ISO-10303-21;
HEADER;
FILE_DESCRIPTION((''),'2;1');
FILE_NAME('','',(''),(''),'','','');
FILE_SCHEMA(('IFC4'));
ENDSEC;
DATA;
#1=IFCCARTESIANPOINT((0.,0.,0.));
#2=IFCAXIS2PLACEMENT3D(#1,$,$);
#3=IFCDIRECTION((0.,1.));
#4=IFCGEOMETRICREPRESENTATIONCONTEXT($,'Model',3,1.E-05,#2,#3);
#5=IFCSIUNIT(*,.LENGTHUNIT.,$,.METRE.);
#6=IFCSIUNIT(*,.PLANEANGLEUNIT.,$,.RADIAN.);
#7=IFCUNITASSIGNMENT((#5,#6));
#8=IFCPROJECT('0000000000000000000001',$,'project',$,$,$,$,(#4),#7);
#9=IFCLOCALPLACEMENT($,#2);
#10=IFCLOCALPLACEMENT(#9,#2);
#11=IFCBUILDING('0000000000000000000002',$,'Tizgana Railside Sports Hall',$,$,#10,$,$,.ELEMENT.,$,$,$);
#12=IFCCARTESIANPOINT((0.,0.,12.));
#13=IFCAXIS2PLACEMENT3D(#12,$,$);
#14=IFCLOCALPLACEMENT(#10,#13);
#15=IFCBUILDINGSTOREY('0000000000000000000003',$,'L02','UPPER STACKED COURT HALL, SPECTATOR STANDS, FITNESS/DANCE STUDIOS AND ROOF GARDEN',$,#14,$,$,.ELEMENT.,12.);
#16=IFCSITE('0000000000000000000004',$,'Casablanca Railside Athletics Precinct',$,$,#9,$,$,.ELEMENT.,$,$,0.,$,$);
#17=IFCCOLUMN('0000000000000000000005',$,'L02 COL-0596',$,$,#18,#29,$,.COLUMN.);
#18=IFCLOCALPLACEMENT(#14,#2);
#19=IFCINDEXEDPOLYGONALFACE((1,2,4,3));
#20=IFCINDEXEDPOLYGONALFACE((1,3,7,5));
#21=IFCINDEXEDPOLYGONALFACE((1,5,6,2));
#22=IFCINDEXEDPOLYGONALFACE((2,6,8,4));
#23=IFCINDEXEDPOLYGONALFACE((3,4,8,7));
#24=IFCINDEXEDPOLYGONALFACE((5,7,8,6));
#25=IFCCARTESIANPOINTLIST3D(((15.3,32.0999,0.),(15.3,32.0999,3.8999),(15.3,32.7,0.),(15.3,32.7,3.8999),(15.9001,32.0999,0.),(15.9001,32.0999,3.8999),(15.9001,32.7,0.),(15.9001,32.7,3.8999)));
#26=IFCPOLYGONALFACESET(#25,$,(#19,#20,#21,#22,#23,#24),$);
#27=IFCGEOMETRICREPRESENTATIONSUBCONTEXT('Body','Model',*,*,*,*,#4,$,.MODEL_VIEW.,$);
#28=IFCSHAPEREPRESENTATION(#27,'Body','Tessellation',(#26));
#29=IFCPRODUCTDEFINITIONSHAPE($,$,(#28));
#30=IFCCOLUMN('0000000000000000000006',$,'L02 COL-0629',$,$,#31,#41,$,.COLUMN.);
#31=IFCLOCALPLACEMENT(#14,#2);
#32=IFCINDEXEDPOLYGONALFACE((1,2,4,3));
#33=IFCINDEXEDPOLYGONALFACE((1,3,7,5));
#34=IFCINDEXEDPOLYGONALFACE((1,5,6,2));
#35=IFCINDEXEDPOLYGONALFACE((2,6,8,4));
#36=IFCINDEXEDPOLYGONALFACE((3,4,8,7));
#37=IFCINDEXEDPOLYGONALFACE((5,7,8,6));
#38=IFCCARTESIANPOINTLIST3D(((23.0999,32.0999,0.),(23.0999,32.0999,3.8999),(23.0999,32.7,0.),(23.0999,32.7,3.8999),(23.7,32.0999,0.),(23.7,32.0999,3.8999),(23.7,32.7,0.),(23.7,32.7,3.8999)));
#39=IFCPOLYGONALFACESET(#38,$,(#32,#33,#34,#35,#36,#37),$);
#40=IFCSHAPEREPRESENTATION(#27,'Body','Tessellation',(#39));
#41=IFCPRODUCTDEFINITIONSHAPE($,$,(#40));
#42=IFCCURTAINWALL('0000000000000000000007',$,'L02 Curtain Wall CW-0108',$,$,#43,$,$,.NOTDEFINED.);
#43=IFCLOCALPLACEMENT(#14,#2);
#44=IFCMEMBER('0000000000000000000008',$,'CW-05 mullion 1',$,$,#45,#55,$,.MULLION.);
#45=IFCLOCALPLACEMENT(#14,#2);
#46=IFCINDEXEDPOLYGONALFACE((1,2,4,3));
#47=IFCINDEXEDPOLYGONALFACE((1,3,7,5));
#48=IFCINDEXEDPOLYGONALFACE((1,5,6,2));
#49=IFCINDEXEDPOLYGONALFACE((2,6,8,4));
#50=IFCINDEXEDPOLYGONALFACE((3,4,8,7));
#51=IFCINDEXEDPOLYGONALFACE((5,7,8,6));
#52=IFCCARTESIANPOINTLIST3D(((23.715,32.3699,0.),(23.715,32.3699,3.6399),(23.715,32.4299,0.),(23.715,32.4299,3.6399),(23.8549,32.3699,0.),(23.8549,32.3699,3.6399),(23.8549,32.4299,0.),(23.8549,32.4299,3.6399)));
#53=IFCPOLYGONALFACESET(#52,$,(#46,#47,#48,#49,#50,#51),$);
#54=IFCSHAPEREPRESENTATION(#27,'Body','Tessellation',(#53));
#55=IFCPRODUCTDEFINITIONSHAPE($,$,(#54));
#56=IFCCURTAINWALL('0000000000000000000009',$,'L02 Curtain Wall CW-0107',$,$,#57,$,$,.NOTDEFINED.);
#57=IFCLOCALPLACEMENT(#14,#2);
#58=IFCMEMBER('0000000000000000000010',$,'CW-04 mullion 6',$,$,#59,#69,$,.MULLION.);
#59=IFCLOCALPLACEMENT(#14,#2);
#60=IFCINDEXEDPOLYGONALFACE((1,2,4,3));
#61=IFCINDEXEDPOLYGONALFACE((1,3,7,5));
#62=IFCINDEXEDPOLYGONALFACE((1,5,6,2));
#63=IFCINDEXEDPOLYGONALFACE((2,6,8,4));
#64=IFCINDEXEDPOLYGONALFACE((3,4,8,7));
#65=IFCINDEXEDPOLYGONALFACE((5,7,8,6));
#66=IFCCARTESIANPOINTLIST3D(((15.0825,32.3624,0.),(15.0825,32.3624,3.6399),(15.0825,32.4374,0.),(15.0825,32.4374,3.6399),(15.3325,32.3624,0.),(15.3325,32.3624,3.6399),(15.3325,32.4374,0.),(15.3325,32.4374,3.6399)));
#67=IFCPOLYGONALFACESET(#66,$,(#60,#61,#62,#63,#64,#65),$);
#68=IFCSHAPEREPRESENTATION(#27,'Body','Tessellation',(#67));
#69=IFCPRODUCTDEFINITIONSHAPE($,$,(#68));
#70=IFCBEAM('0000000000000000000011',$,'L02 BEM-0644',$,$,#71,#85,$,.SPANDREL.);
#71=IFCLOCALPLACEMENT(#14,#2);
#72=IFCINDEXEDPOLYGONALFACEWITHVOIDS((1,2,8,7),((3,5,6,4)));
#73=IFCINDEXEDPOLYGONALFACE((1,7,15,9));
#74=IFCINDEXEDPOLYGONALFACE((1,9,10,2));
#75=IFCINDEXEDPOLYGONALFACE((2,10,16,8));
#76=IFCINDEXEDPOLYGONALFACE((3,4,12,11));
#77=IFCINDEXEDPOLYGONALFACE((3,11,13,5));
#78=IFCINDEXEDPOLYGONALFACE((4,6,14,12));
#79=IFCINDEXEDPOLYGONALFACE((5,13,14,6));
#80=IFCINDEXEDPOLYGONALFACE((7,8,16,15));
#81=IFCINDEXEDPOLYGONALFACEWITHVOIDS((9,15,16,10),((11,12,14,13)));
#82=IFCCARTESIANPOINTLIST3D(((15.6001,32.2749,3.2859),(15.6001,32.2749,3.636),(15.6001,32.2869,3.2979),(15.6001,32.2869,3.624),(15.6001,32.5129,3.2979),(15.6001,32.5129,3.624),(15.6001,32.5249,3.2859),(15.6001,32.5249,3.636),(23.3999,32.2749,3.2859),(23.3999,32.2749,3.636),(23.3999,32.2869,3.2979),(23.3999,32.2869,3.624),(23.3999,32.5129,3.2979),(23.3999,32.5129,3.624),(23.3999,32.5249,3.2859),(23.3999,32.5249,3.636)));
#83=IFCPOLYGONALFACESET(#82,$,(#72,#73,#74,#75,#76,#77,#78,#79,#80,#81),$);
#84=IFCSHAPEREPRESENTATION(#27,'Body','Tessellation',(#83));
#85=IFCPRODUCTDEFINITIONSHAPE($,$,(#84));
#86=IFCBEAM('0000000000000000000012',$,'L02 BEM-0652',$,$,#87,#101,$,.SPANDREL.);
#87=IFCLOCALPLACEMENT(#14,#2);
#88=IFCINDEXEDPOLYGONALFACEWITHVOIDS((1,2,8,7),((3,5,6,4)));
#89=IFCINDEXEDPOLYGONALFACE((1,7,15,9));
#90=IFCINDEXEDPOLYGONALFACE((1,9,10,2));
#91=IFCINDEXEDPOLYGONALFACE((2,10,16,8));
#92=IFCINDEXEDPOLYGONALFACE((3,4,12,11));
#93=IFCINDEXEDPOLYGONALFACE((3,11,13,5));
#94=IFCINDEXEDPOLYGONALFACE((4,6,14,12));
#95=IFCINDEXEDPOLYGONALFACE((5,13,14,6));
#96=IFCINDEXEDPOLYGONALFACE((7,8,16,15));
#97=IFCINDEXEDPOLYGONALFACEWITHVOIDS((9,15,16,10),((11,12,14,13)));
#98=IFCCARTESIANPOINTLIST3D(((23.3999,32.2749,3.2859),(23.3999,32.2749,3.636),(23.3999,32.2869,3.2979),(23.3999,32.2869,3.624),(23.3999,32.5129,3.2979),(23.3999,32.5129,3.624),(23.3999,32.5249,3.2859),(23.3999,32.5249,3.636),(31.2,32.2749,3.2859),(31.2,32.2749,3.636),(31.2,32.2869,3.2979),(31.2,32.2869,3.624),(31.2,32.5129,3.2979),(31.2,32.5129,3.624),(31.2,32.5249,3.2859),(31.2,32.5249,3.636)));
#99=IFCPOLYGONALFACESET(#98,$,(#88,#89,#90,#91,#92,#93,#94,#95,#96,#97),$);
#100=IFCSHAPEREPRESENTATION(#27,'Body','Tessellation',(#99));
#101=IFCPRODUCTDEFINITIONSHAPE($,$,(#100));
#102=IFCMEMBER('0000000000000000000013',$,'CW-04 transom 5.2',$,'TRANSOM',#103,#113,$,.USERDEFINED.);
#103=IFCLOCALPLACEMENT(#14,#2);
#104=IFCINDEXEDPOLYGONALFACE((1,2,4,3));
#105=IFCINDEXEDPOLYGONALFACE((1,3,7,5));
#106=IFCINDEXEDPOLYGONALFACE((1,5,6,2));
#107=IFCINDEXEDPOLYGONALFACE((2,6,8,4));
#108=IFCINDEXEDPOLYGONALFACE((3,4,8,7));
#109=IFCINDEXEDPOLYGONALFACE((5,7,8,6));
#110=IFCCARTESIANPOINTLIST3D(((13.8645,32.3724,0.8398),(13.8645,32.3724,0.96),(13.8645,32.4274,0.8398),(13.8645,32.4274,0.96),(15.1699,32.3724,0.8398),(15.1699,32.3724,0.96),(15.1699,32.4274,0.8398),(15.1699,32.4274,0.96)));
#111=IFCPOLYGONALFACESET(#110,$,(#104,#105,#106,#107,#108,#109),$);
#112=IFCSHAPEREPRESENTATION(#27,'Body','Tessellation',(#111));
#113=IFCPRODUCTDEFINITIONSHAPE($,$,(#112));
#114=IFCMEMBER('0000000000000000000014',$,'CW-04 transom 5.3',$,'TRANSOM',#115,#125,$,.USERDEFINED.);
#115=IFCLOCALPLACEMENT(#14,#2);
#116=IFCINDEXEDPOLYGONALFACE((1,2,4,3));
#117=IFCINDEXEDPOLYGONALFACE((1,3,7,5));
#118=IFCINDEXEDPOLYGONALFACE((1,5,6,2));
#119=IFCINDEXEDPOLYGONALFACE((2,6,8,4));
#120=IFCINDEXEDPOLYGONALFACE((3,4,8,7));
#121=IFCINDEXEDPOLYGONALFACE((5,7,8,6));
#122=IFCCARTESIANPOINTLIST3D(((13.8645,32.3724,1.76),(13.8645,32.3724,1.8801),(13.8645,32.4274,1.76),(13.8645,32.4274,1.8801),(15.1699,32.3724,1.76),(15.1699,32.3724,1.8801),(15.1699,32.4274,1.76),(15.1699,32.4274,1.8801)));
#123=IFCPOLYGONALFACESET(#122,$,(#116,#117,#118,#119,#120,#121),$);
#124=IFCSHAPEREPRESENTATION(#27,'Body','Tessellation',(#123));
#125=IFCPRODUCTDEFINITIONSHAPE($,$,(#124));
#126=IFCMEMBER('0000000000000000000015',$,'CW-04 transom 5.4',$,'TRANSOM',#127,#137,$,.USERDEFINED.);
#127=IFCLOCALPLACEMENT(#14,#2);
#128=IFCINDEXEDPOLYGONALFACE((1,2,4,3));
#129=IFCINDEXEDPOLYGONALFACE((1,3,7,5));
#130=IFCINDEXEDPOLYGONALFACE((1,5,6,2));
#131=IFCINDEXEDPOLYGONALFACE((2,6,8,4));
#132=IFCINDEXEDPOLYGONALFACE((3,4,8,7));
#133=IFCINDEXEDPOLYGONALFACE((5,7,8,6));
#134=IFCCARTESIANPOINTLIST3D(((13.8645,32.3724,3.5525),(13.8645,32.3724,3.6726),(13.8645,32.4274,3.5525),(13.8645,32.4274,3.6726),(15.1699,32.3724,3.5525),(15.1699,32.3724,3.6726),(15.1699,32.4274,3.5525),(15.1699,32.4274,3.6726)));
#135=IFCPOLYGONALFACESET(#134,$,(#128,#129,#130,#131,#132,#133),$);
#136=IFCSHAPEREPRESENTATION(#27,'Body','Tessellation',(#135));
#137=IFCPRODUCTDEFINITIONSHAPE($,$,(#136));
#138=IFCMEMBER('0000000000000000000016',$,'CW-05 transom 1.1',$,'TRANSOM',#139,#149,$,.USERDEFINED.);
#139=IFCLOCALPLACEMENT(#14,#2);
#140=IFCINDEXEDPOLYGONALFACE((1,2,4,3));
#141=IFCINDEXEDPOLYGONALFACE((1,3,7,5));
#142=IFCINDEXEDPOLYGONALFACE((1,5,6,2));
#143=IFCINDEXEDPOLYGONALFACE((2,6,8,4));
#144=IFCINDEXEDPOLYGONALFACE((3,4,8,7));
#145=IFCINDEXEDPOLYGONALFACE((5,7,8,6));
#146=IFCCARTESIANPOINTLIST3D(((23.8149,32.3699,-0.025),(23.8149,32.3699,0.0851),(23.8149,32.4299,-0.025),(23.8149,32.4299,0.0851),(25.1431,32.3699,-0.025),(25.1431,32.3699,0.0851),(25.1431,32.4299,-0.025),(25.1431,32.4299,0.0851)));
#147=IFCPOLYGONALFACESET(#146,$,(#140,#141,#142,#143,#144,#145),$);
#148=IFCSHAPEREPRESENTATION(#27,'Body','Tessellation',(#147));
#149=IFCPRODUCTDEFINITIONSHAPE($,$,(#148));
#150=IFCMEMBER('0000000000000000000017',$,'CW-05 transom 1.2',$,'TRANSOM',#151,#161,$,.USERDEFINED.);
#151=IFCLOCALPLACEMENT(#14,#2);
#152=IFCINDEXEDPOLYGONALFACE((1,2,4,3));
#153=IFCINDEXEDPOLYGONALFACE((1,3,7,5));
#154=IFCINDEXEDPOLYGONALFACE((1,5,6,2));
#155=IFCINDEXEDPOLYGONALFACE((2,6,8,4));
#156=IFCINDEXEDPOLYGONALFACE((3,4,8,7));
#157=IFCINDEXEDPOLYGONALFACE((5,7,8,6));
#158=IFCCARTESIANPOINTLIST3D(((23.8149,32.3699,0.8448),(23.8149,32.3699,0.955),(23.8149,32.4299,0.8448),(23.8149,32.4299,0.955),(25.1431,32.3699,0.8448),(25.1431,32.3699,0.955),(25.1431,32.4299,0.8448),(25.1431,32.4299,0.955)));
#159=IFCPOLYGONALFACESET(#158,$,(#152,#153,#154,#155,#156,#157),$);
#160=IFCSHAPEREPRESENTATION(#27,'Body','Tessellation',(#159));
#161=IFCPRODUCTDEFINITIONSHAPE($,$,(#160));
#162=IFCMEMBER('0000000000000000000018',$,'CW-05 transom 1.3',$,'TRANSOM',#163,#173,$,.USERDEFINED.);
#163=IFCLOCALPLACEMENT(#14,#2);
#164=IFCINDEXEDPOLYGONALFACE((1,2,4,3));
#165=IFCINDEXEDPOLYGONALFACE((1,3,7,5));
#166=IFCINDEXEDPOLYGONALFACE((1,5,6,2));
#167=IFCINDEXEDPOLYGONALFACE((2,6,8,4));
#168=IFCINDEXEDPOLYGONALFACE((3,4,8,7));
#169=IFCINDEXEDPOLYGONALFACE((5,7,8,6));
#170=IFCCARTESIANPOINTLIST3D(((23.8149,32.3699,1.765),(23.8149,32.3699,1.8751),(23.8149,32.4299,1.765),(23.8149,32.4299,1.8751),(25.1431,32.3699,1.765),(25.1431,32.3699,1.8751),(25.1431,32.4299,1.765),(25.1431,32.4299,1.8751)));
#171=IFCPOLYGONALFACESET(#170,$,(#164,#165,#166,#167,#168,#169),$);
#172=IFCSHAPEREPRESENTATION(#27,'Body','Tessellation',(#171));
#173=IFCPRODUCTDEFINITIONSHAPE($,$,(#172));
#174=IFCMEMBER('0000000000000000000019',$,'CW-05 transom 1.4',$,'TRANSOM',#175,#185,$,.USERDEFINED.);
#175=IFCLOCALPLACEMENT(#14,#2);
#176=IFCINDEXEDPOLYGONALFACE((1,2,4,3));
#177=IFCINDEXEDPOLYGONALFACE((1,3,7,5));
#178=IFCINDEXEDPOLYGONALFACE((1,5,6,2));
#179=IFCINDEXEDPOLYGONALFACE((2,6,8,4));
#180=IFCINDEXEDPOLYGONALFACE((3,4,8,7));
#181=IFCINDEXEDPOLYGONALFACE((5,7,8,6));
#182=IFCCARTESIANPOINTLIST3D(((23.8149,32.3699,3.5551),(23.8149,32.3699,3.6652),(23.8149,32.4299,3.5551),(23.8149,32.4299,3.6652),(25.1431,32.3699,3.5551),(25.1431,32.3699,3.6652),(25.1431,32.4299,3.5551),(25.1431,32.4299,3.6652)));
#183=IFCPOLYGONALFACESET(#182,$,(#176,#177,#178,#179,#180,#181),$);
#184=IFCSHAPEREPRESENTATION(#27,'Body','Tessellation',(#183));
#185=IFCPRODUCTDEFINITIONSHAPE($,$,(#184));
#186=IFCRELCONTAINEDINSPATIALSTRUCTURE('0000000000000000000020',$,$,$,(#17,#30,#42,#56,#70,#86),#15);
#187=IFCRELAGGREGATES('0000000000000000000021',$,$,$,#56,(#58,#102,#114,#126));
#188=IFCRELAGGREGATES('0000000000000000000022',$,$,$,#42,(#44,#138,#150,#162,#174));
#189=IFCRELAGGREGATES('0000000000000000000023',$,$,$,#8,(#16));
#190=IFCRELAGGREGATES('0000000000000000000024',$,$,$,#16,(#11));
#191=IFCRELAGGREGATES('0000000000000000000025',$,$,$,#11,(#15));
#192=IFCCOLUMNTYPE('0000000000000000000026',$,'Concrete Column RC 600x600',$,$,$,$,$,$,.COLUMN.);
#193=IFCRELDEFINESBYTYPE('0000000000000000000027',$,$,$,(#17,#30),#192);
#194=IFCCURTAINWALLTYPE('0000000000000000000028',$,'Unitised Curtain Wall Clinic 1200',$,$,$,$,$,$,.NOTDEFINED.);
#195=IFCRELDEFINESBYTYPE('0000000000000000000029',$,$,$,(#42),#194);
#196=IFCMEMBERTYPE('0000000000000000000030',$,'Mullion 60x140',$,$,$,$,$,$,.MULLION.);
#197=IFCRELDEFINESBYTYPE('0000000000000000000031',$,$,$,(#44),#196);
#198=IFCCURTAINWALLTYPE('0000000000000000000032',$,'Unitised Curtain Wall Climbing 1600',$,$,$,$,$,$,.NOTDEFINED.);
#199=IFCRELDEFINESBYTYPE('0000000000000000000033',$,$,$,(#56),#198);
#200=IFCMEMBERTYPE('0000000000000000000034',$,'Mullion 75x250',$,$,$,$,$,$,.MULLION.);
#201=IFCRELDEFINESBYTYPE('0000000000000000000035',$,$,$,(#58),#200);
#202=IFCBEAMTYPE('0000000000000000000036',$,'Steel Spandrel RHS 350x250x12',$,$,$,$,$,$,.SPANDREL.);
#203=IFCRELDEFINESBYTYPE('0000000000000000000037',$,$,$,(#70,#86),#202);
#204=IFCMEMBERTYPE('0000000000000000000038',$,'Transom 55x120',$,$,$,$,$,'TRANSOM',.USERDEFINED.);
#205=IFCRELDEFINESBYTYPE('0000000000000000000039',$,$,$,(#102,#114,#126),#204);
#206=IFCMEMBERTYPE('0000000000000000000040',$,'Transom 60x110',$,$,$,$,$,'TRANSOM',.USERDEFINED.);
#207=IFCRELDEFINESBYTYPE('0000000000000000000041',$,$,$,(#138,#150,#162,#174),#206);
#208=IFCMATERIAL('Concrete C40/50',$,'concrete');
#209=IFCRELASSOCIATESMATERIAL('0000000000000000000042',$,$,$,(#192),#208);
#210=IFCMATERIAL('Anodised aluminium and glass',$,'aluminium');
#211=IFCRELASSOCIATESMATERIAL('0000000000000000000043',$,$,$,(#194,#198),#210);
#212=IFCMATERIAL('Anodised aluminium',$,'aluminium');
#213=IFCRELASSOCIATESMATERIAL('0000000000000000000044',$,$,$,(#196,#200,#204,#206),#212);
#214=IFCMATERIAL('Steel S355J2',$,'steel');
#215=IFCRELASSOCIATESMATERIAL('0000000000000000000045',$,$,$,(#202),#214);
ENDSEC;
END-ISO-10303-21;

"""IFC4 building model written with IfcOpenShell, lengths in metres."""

from ifc_helpers import new_model, si_unit, direction, frame, origin, origin_2d, place, context, subcontext, project, spatial, rectangle, hollow_rectangle, extrude, material, material_profile, profile_set, type_object, element, aggregate, save


model = new_model("IFC4")

# Units and contexts
model_context = context("Model", 3, precision=1e-05, world=origin(), true_north=direction((0.0, 1.0)))
body_context = subcontext(model_context, "Body", "Model", "MODEL_VIEW")
ifc_project = project(units=[si_unit("LENGTHUNIT", "METRE"), si_unit("PLANEANGLEUNIT", "RADIAN")], contexts=[model_context])

# Site, building, storey
site_placement = place(None, origin())
site = spatial("IfcSite", under=ifc_project, at=site_placement, Name="Casablanca Railside Athletics Precinct", CompositionType="ELEMENT", RefElevation=0.0)
building_placement = place(site_placement, origin())
building = spatial("IfcBuilding", under=site, at=building_placement, Name="Tizgana Railside Sports Hall", CompositionType="ELEMENT")
storey_placement = place(building_placement, frame((0.0, 0.0, 12.0)))
storey = spatial("IfcBuildingStorey", under=building, at=storey_placement, Name="L02", Description="UPPER STACKED COURT HALL, SPECTATOR STANDS, FITNESS/DANCE STUDIOS AND ROOF GARDEN", CompositionType="ELEMENT", Elevation=12.0)

# Columns
ifc_material_1 = material(Name="Concrete C40/50", Category="concrete")
ifc_material_profile_1 = material_profile(ifc_material_1, rectangle(XDim=0.6001, YDim=0.6001, at=origin_2d()), Name="RC 600x600")
ifc_profile_set_1 = profile_set([ifc_material_profile_1], Name="Concrete C40/50")
column_type = type_object("IfcColumnType", Name="Concrete Column RC 600x600", PredefinedType="COLUMN", material=ifc_profile_set_1)
for number, where, z_axis, x_axis, name in (
    (1, (15.6001, 32.3999, 0.0), (0.0, 0.0, 1.0), (1.0, 0.0, 0.0), "L02 COL-0596"),
    (2, (23.3999, 32.3999, 0.0), (0.0, 0.0, 1.0), (1.0, 0.0, 0.0), "L02 COL-0629"),
):
    element("IfcColumn", number, at=place(storey_placement, frame(where, z_axis=z_axis, x_axis=x_axis)), inside=storey, type_object=column_type, Name=name, PredefinedType="COLUMN", context=body_context, shape_type="SweptSolid", body=[
        extrude(rectangle(XDim=0.6001, YDim=0.6001, at=origin_2d()), origin(), (0.0, 0.0, 1.0), 3.8999),
    ])

# Curtain walls, members
ifc_material_2 = material(Name="Anodised aluminium and glass", Category="aluminium")
curtain_wall_type_1 = type_object("IfcCurtainWallType", Name="Unitised Curtain Wall Clinic 1200", PredefinedType="NOTDEFINED", material=ifc_material_2)
curtain_wall_1_placement = place(storey_placement, origin())
curtain_wall_1 = element("IfcCurtainWall", 3, at=curtain_wall_1_placement, inside=storey, type_object=curtain_wall_type_1, Name="L02 Curtain Wall CW-0108", PredefinedType="NOTDEFINED")
ifc_material_3 = material(Name="Anodised aluminium", Category="aluminium")
ifc_material_profile_2 = material_profile(ifc_material_3, rectangle(XDim=0.0601, YDim=0.1399, at=origin_2d()), Name="Mullion 60x140")
ifc_profile_set_2 = profile_set([ifc_material_profile_2], Name="Anodised aluminium")
member_type_1 = type_object("IfcMemberType", Name="Mullion 60x140", PredefinedType="MULLION", material=ifc_profile_set_2)
member_1_placement = place(storey_placement, frame((23.7849, 32.3999, 0.0), z_axis=(0.0, 0.0, 1.0), x_axis=(0.0, 1.0, 0.0)))
member_1 = element("IfcMember", 4, at=member_1_placement, type_object=member_type_1, Name="CW-05 mullion 1", PredefinedType="MULLION", context=body_context, shape_type="SweptSolid", body=[
    extrude(rectangle(XDim=0.0601, YDim=0.1399, at=origin_2d()), origin(), (0.0, 0.0, 1.0), 3.6399),
])
curtain_wall_type_2 = type_object("IfcCurtainWallType", Name="Unitised Curtain Wall Climbing 1600", PredefinedType="NOTDEFINED", material=ifc_material_2)
curtain_wall_2_placement = place(storey_placement, origin())
curtain_wall_2 = element("IfcCurtainWall", 5, at=curtain_wall_2_placement, inside=storey, type_object=curtain_wall_type_2, Name="L02 Curtain Wall CW-0107", PredefinedType="NOTDEFINED")
ifc_material_profile_3 = material_profile(ifc_material_3, rectangle(XDim=0.075, YDim=0.25, at=origin_2d()), Name="Mullion 75x250")
ifc_profile_set_3 = profile_set([ifc_material_profile_3], Name="Anodised aluminium")
member_type_2 = type_object("IfcMemberType", Name="Mullion 75x250", PredefinedType="MULLION", material=ifc_profile_set_3)
member_2_placement = place(storey_placement, frame((15.2075, 32.3999, 0.0), z_axis=(0.0, 0.0, 1.0), x_axis=(0.0, 1.0, 0.0)))
member_2 = element("IfcMember", 6, at=member_2_placement, type_object=member_type_2, Name="CW-04 mullion 6", PredefinedType="MULLION", context=body_context, shape_type="SweptSolid", body=[
    extrude(rectangle(XDim=0.075, YDim=0.25, at=origin_2d()), origin(), (0.0, 0.0, 1.0), 3.6399),
])

# Beams
ifc_material_4 = material(Name="Steel S355J2", Category="steel")
ifc_material_profile_4 = material_profile(ifc_material_4, hollow_rectangle(XDim=0.25, YDim=0.3501, WallThickness=0.012, at=origin_2d()), Name="RHS 350x250x12")
ifc_profile_set_4 = profile_set([ifc_material_profile_4], Name="Steel S355J2")
beam_type = type_object("IfcBeamType", Name="Steel Spandrel RHS 350x250x12", PredefinedType="SPANDREL", material=ifc_profile_set_4)
beam_1_placement = place(storey_placement, frame((15.6001, 32.3999, 3.4609), z_axis=(1.0, 0.0, 0.0), x_axis=(0.0, 1.0, 0.0)))
element("IfcBeam", 7, at=beam_1_placement, inside=storey, type_object=beam_type, Name="L02 BEM-0644", PredefinedType="SPANDREL", context=body_context, shape_type="SweptSolid", body=[
    extrude(hollow_rectangle(XDim=0.25, YDim=0.3501, WallThickness=0.012, at=origin_2d()), origin(), (0.0, 0.0, 1.0), 7.7998),
])
beam_2_placement = place(storey_placement, frame((23.3999, 32.3999, 3.4609), z_axis=(1.0, 0.0, 0.0), x_axis=(0.0, 1.0, 0.0)))
element("IfcBeam", 8, at=beam_2_placement, inside=storey, type_object=beam_type, Name="L02 BEM-0652", PredefinedType="SPANDREL", context=body_context, shape_type="SweptSolid", body=[
    extrude(hollow_rectangle(XDim=0.25, YDim=0.3501, WallThickness=0.012, at=origin_2d()), origin(), (0.0, 0.0, 1.0), 7.8),
])

# Members
ifc_material_profile_5 = material_profile(ifc_material_3, rectangle(XDim=0.0549, YDim=0.1201, at=origin_2d()), Name="Transom 55x120")
ifc_profile_set_5 = profile_set([ifc_material_profile_5], Name="Anodised aluminium")
member_type_3 = type_object("IfcMemberType", Name="Transom 55x120", ElementType="TRANSOM", PredefinedType="USERDEFINED", material=ifc_profile_set_5)
member_3_placement = place(storey_placement, frame((13.8645, 32.3999, 0.8999), z_axis=(1.0, 0.0, 0.0), x_axis=(0.0, 1.0, 0.0)))
member_3 = element("IfcMember", 9, at=member_3_placement, type_object=member_type_3, Name="CW-04 transom 5.2", ObjectType="TRANSOM", PredefinedType="USERDEFINED", context=body_context, shape_type="SweptSolid", body=[
    extrude(rectangle(XDim=0.0549, YDim=0.1201, at=origin_2d()), origin(), (0.0, 0.0, 1.0), 1.3054),
])
member_4_placement = place(storey_placement, frame((13.8645, 32.3999, 1.8201), z_axis=(1.0, 0.0, 0.0), x_axis=(0.0, 1.0, 0.0)))
member_4 = element("IfcMember", 10, at=member_4_placement, type_object=member_type_3, Name="CW-04 transom 5.3", ObjectType="TRANSOM", PredefinedType="USERDEFINED", context=body_context, shape_type="SweptSolid", body=[
    extrude(rectangle(XDim=0.0549, YDim=0.1201, at=origin_2d()), origin(), (0.0, 0.0, 1.0), 1.3054),
])
member_5_placement = place(storey_placement, frame((13.8645, 32.3999, 3.6125), z_axis=(1.0, 0.0, 0.0), x_axis=(0.0, 1.0, 0.0)))
member_5 = element("IfcMember", 11, at=member_5_placement, type_object=member_type_3, Name="CW-04 transom 5.4", ObjectType="TRANSOM", PredefinedType="USERDEFINED", context=body_context, shape_type="SweptSolid", body=[
    extrude(rectangle(XDim=0.0549, YDim=0.1201, at=origin_2d()), origin(), (0.0, 0.0, 1.0), 1.3054),
])
ifc_material_profile_6 = material_profile(ifc_material_3, rectangle(XDim=0.0601, YDim=0.1101, at=origin_2d()), Name="Transom 60x110")
ifc_profile_set_6 = profile_set([ifc_material_profile_6], Name="Anodised aluminium")
member_type_4 = type_object("IfcMemberType", Name="Transom 60x110", ElementType="TRANSOM", PredefinedType="USERDEFINED", material=ifc_profile_set_6)
member_6_placement = place(storey_placement, frame((23.8149, 32.3999, 0.03), z_axis=(1.0, 0.0, 0.0), x_axis=(0.0, 1.0, 0.0)))
member_6 = element("IfcMember", 12, at=member_6_placement, type_object=member_type_4, Name="CW-05 transom 1.1", ObjectType="TRANSOM", PredefinedType="USERDEFINED", context=body_context, shape_type="SweptSolid", body=[
    extrude(rectangle(XDim=0.0601, YDim=0.1101, at=origin_2d()), origin(), (0.0, 0.0, 1.0), 1.3281),
])
member_7_placement = place(storey_placement, frame((23.8149, 32.3999, 0.8999), z_axis=(1.0, 0.0, 0.0), x_axis=(0.0, 1.0, 0.0)))
member_7 = element("IfcMember", 13, at=member_7_placement, type_object=member_type_4, Name="CW-05 transom 1.2", ObjectType="TRANSOM", PredefinedType="USERDEFINED", context=body_context, shape_type="SweptSolid", body=[
    extrude(rectangle(XDim=0.0601, YDim=0.1101, at=origin_2d()), origin(), (0.0, 0.0, 1.0), 1.3281),
])
member_8_placement = place(storey_placement, frame((23.8149, 32.3999, 1.8201), z_axis=(1.0, 0.0, 0.0), x_axis=(0.0, 1.0, 0.0)))
member_8 = element("IfcMember", 14, at=member_8_placement, type_object=member_type_4, Name="CW-05 transom 1.3", ObjectType="TRANSOM", PredefinedType="USERDEFINED", context=body_context, shape_type="SweptSolid", body=[
    extrude(rectangle(XDim=0.0601, YDim=0.1101, at=origin_2d()), origin(), (0.0, 0.0, 1.0), 1.3281),
])
member_9_placement = place(storey_placement, frame((23.8149, 32.3999, 3.6101), z_axis=(1.0, 0.0, 0.0), x_axis=(0.0, 1.0, 0.0)))
member_9 = element("IfcMember", 15, at=member_9_placement, type_object=member_type_4, Name="CW-05 transom 1.4", ObjectType="TRANSOM", PredefinedType="USERDEFINED", context=body_context, shape_type="SweptSolid", body=[
    extrude(rectangle(XDim=0.0601, YDim=0.1101, at=origin_2d()), origin(), (0.0, 0.0, 1.0), 1.3281),
])

aggregate(curtain_wall_2, [member_2, member_3, member_4, member_5])
aggregate(curtain_wall_1, [member_1, member_6, member_7, member_8, member_9])

save(model, "model.ifc")
